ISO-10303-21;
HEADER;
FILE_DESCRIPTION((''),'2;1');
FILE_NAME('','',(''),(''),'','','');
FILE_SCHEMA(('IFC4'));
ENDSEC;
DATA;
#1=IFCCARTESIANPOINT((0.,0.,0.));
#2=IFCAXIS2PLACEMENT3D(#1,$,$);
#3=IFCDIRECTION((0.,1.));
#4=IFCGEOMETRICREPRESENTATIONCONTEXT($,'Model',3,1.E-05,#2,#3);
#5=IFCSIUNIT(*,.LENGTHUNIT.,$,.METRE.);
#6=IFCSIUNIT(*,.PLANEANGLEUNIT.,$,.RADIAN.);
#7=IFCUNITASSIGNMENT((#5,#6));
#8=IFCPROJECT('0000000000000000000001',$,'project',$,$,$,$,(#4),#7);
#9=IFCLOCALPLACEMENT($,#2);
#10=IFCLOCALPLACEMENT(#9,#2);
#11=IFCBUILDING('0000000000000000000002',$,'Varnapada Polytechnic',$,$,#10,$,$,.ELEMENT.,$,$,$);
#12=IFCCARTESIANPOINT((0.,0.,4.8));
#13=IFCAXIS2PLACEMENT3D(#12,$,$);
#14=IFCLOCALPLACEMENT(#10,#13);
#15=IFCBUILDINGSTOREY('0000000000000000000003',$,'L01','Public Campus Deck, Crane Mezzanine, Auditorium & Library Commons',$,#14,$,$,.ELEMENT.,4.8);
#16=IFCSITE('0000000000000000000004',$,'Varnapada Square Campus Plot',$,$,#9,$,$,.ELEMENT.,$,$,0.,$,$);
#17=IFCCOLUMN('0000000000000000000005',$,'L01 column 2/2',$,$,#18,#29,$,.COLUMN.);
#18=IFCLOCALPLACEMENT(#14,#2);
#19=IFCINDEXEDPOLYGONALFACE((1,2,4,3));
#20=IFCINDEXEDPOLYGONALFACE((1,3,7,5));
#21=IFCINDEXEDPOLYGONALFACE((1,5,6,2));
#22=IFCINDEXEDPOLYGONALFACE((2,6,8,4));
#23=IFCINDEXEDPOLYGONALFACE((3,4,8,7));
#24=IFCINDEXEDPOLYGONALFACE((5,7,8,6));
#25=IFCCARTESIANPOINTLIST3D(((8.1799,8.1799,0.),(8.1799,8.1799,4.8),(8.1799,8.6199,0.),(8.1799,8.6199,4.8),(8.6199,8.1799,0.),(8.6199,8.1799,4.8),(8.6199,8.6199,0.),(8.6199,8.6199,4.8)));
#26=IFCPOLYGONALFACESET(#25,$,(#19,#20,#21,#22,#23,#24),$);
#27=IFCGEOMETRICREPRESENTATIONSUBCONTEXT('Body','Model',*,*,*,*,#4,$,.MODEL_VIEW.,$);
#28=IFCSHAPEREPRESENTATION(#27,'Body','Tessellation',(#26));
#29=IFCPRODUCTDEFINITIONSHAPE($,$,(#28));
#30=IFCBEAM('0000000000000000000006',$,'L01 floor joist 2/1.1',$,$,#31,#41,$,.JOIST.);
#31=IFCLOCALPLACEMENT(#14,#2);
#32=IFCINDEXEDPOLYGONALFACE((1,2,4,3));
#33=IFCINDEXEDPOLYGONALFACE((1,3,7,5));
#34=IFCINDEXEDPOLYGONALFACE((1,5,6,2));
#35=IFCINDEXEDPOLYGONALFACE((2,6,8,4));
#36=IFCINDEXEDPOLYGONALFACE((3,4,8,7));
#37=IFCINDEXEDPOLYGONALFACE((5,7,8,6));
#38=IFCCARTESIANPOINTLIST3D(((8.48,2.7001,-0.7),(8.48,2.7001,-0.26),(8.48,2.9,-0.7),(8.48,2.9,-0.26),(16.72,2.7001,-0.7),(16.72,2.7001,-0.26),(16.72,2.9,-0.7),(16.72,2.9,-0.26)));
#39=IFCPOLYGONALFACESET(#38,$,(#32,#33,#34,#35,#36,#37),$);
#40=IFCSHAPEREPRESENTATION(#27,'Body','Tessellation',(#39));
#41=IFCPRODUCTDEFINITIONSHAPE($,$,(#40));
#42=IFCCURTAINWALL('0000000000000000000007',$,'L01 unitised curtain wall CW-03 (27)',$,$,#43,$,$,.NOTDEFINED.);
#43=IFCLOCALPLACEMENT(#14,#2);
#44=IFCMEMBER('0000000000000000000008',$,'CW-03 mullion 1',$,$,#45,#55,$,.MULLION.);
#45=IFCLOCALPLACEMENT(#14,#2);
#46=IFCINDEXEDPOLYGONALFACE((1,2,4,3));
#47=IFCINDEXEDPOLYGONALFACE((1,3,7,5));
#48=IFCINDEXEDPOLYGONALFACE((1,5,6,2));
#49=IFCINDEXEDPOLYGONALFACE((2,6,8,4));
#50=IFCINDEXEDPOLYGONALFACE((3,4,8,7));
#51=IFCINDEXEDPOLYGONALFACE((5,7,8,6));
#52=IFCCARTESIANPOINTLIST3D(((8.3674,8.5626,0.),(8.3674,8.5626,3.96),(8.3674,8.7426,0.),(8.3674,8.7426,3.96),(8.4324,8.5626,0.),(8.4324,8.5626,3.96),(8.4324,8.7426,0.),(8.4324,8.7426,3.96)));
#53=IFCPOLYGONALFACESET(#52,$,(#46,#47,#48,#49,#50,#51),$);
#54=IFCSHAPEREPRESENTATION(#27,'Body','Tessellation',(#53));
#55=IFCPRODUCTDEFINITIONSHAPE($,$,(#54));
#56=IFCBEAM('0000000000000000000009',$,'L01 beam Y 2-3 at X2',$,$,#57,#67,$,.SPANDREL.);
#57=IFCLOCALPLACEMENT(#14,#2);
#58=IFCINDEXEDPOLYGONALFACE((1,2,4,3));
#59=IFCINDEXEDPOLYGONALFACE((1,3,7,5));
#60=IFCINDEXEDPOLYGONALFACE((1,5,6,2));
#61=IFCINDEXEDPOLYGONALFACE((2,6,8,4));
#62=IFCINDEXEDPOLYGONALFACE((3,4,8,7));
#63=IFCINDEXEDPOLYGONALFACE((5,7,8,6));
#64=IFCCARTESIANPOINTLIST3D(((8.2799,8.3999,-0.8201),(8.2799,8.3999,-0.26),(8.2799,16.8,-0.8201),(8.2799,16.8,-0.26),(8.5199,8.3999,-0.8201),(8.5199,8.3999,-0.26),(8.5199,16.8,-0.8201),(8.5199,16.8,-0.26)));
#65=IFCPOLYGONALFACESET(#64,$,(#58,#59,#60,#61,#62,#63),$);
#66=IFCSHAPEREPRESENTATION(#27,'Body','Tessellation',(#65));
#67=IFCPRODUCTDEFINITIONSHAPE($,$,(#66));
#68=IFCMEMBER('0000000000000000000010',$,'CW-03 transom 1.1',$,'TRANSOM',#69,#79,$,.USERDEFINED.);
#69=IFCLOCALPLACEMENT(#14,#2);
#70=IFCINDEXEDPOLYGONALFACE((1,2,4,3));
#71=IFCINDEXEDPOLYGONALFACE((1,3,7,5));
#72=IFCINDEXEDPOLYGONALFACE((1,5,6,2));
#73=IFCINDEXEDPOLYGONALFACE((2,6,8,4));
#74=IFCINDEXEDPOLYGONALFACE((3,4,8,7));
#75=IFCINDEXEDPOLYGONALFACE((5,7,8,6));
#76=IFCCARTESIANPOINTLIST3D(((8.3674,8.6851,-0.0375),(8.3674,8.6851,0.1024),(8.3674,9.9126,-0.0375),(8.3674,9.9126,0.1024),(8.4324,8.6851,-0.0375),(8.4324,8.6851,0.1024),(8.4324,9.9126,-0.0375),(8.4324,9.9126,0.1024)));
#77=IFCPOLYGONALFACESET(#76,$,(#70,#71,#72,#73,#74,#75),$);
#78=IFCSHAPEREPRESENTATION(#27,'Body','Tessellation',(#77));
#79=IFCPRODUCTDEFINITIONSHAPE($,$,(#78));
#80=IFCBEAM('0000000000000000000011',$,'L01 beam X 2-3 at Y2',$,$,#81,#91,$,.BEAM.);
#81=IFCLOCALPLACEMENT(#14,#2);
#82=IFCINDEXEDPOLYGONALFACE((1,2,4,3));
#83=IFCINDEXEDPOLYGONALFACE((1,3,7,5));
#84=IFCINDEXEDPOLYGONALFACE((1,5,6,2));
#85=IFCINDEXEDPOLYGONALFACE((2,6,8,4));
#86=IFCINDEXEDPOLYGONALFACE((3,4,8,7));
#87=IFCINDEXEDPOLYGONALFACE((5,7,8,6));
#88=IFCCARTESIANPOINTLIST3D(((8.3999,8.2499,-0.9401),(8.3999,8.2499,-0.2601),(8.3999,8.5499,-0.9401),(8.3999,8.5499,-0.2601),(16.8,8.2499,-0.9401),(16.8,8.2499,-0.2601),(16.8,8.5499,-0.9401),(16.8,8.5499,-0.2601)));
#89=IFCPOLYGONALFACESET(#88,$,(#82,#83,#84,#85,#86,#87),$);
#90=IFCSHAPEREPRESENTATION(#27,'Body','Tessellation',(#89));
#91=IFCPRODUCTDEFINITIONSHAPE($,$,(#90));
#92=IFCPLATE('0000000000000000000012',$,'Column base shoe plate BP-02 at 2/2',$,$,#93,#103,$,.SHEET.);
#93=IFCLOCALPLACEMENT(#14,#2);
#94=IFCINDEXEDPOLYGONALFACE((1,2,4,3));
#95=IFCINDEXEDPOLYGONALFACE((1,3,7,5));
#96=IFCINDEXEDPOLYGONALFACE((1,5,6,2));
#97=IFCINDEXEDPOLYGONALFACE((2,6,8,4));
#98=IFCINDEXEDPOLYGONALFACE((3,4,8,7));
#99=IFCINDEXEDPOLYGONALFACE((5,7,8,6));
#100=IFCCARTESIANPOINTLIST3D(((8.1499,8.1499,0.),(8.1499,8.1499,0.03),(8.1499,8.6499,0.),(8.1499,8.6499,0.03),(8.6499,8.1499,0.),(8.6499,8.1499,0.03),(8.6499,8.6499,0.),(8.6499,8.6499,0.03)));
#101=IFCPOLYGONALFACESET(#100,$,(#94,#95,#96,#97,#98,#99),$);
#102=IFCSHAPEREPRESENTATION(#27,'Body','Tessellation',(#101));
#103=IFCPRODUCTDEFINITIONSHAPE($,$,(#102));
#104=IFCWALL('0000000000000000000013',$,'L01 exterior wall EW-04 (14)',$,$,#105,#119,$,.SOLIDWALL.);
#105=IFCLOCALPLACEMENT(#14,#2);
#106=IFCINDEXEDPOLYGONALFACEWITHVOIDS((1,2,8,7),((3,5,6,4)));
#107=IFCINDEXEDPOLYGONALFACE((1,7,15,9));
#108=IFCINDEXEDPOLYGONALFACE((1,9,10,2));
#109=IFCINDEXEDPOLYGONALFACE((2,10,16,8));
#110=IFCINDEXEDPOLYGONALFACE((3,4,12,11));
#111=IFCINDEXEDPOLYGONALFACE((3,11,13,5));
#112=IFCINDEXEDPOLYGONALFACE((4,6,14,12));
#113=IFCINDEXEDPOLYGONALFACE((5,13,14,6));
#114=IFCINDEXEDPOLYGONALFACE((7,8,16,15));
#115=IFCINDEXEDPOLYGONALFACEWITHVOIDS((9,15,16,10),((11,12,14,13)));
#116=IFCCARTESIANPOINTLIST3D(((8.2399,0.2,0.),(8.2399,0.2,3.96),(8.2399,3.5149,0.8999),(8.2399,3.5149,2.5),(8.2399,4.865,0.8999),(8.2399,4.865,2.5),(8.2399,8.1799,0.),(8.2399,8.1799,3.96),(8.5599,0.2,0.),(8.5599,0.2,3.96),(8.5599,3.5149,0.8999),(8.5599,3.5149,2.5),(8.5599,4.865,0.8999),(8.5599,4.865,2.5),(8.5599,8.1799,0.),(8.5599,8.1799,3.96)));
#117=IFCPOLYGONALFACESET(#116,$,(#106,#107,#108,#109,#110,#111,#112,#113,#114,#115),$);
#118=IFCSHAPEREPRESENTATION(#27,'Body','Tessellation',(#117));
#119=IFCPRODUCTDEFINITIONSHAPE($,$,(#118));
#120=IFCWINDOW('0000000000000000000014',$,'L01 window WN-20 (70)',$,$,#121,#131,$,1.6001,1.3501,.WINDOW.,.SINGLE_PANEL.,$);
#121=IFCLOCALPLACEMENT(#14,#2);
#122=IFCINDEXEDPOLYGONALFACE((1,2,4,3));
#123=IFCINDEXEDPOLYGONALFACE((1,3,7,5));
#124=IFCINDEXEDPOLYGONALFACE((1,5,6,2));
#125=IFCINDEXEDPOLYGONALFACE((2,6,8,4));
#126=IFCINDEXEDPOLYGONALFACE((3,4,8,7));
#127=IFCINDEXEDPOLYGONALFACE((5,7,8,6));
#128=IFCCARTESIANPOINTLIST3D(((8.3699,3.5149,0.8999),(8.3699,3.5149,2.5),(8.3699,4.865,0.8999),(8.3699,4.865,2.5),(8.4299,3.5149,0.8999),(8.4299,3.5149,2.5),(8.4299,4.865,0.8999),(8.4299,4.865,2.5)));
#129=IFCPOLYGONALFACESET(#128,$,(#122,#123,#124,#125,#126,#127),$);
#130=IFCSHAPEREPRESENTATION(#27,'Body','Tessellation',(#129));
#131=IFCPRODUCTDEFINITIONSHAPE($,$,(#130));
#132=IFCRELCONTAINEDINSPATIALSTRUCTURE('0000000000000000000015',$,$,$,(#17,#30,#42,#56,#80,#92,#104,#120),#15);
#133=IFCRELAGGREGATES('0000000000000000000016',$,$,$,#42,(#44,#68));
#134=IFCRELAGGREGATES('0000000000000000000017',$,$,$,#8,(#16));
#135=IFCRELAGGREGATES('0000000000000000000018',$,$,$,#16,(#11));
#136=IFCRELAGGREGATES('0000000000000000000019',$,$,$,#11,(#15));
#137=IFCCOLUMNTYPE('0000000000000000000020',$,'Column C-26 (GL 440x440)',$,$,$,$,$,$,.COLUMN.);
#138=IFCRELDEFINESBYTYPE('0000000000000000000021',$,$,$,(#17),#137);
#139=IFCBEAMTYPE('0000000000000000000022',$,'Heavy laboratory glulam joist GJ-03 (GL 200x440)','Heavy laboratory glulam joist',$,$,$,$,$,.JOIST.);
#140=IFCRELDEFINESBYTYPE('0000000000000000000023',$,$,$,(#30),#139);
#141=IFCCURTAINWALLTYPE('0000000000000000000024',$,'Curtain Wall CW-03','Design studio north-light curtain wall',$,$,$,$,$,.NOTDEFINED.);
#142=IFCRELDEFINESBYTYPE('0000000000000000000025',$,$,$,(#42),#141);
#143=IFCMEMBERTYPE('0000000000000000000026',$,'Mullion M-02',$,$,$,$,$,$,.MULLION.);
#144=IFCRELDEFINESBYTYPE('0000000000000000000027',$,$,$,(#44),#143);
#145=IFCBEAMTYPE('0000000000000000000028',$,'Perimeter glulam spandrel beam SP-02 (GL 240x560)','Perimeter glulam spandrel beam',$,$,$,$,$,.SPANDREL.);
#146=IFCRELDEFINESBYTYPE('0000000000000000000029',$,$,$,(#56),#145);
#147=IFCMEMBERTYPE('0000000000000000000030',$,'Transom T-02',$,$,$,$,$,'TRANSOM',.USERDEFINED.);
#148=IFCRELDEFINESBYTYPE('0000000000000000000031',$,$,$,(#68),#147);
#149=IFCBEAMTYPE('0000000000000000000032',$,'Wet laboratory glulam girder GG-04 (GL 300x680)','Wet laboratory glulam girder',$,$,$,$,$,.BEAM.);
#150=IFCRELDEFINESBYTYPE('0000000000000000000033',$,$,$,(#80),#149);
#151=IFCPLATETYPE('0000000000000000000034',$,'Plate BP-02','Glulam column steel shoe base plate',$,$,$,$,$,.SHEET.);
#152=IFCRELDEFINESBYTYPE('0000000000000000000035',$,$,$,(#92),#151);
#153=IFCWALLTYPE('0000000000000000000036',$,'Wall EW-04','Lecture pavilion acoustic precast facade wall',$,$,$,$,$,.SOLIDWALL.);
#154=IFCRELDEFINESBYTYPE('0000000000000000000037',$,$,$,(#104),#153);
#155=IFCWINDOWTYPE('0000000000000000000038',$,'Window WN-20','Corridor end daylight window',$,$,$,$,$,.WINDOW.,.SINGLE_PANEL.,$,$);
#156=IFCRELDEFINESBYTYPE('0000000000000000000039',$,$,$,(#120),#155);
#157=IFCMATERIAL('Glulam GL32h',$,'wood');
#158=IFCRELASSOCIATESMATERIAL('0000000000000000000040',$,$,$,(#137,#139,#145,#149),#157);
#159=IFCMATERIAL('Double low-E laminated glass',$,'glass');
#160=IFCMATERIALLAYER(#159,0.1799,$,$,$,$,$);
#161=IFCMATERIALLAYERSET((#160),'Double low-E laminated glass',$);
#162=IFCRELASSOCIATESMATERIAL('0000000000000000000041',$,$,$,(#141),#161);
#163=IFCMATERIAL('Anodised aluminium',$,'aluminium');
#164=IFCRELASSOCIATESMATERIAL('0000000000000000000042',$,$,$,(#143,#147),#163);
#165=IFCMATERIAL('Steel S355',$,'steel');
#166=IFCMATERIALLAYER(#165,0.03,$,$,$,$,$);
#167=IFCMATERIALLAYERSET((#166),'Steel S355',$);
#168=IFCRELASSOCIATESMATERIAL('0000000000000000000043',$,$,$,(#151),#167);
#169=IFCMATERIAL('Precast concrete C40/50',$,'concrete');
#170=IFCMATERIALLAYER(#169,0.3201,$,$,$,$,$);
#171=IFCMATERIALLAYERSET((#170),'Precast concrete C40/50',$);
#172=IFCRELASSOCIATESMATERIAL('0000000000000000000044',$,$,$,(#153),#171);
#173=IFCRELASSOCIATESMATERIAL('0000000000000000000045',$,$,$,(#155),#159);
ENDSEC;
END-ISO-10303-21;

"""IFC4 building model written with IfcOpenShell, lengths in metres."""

from ifc_helpers import new_model, si_unit, direction, frame, frame_2d, origin, origin_2d, place, context, subcontext, project, spatial, rectangle, extrude, material, layer, layer_set, material_profile, profile_set, type_object, element, fill, aggregate, save


model = new_model("IFC4")

# Units and contexts
model_context = context("Model", 3, precision=1e-05, world=origin(), true_north=direction((0.0, 1.0)))
body_context = subcontext(model_context, "Body", "Model", "MODEL_VIEW")
ifc_project = project(units=[si_unit("LENGTHUNIT", "METRE"), si_unit("PLANEANGLEUNIT", "RADIAN")], contexts=[model_context])

# Site, building, storey
site_placement = place(None, origin())
site = spatial("IfcSite", under=ifc_project, at=site_placement, Name="Varnapada Square Campus Plot", CompositionType="ELEMENT", RefElevation=0.0)
building_placement = place(site_placement, origin())
building = spatial("IfcBuilding", under=site, at=building_placement, Name="Varnapada Polytechnic", CompositionType="ELEMENT")
storey_placement = place(building_placement, frame((0.0, 0.0, 4.8)))
storey = spatial("IfcBuildingStorey", under=building, at=storey_placement, Name="L01", Description="Public Campus Deck, Crane Mezzanine, Auditorium & Library Commons", CompositionType="ELEMENT", Elevation=4.8)

# Column
ifc_material_1 = material(Name="Glulam GL32h", Category="wood")
ifc_material_profile_1 = material_profile(ifc_material_1, rectangle(XDim=0.4399, YDim=0.4399, at=origin_2d()), Name="GL 440x440")
ifc_profile_set_1 = profile_set([ifc_material_profile_1], Name="Glulam GL32h")
column_type = type_object("IfcColumnType", Name="Column C-26 (GL 440x440)", PredefinedType="COLUMN", material=ifc_profile_set_1)
column_placement = place(storey_placement, frame((8.3999, 8.3999, 0.0), z_axis=(0.0, 0.0, 1.0), x_axis=(1.0, 0.0, 0.0)))
element("IfcColumn", 1, at=column_placement, inside=storey, type_object=column_type, Name="L01 column 2/2", PredefinedType="COLUMN", context=body_context, shape_type="SweptSolid", body=[
    extrude(rectangle(XDim=0.4399, YDim=0.4399, at=origin_2d()), origin(), (0.0, 0.0, 1.0), 4.8),
])

# Beam
ifc_material_profile_2 = material_profile(ifc_material_1, rectangle(XDim=0.2, YDim=0.4399, at=origin_2d()), Name="GL 200x440")
ifc_profile_set_2 = profile_set([ifc_material_profile_2], Name="Glulam GL32h")
beam_type_1 = type_object("IfcBeamType", Name="Heavy laboratory glulam joist GJ-03 (GL 200x440)", Description="Heavy laboratory glulam joist", PredefinedType="JOIST", material=ifc_profile_set_2)
beam_1_placement = place(storey_placement, frame((8.48, 2.8, -0.48), z_axis=(1.0, 0.0, 0.0), x_axis=(0.0, 1.0, 0.0)))
element("IfcBeam", 2, at=beam_1_placement, inside=storey, type_object=beam_type_1, Name="L01 floor joist 2/1.1", PredefinedType="JOIST", context=body_context, shape_type="SweptSolid", body=[
    extrude(rectangle(XDim=0.2, YDim=0.4399, at=origin_2d()), origin(), (0.0, 0.0, 1.0), 8.24),
])

# Curtain wall, member
ifc_material_2 = material(Name="Double low-E laminated glass", Category="glass")
ifc_layer_1 = layer(ifc_material_2, 0.1799)
ifc_layer_set_1 = layer_set([ifc_layer_1], Name="Double low-E laminated glass")
curtain_wall_type = type_object("IfcCurtainWallType", Name="Curtain Wall CW-03", Description="Design studio north-light curtain wall", PredefinedType="NOTDEFINED", material=ifc_layer_set_1)
curtain_wall_placement = place(storey_placement, origin())
curtain_wall = element("IfcCurtainWall", 3, at=curtain_wall_placement, inside=storey, type_object=curtain_wall_type, Name="L01 unitised curtain wall CW-03 (27)", PredefinedType="NOTDEFINED")
ifc_material_3 = material(Name="Anodised aluminium", Category="aluminium")
ifc_material_profile_3 = material_profile(ifc_material_3, rectangle(XDim=0.0649, YDim=0.1799, at=origin_2d()), Name="ALU M65x180")
ifc_profile_set_3 = profile_set([ifc_material_profile_3], Name="Anodised aluminium")
member_type_1 = type_object("IfcMemberType", Name="Mullion M-02", PredefinedType="MULLION", material=ifc_profile_set_3)
member_1_placement = place(storey_placement, frame((8.3999, 8.6526, 0.0), z_axis=(0.0, 0.0, 1.0), x_axis=(-1.0, 0.0, 0.0)))
member_1 = element("IfcMember", 4, at=member_1_placement, type_object=member_type_1, Name="CW-03 mullion 1", PredefinedType="MULLION", context=body_context, shape_type="SweptSolid", body=[
    extrude(rectangle(XDim=0.0649, YDim=0.1799, at=origin_2d()), origin(), (0.0, 0.0, 1.0), 3.96),
])

# Beam
ifc_material_profile_4 = material_profile(ifc_material_1, rectangle(XDim=0.24, YDim=0.5601, at=origin_2d()), Name="GL 240x560")
ifc_profile_set_4 = profile_set([ifc_material_profile_4], Name="Glulam GL32h")
beam_type_2 = type_object("IfcBeamType", Name="Perimeter glulam spandrel beam SP-02 (GL 240x560)", Description="Perimeter glulam spandrel beam", PredefinedType="SPANDREL", material=ifc_profile_set_4)
beam_2_placement = place(storey_placement, frame((8.3999, 8.3999, -0.54), z_axis=(0.0, 1.0, 0.0), x_axis=(-1.0, 0.0, 0.0)))
element("IfcBeam", 5, at=beam_2_placement, inside=storey, type_object=beam_type_2, Name="L01 beam Y 2-3 at X2", PredefinedType="SPANDREL", context=body_context, shape_type="SweptSolid", body=[
    extrude(rectangle(XDim=0.24, YDim=0.5601, at=origin_2d()), origin(), (0.0, 0.0, 1.0), 8.4001),
])

# Member
ifc_material_profile_5 = material_profile(ifc_material_3, rectangle(XDim=0.0649, YDim=0.1399, at=origin_2d()), Name="ALU T65x140")
ifc_profile_set_5 = profile_set([ifc_material_profile_5], Name="Anodised aluminium")
member_type_2 = type_object("IfcMemberType", Name="Transom T-02", ElementType="TRANSOM", PredefinedType="USERDEFINED", material=ifc_profile_set_5)
member_2_placement = place(storey_placement, frame((8.3999, 8.6851, 0.0325), z_axis=(0.0, 1.0, 0.0), x_axis=(-1.0, 0.0, 0.0)))
member_2 = element("IfcMember", 6, at=member_2_placement, type_object=member_type_2, Name="CW-03 transom 1.1", ObjectType="TRANSOM", PredefinedType="USERDEFINED", context=body_context, shape_type="SweptSolid", body=[
    extrude(rectangle(XDim=0.0649, YDim=0.1399, at=origin_2d()), origin(), (0.0, 0.0, 1.0), 1.2275),
])
aggregate(curtain_wall, [member_1, member_2])

# Beam
ifc_material_profile_6 = material_profile(ifc_material_1, rectangle(XDim=0.3, YDim=0.6799, at=origin_2d()), Name="GL 300x680")
ifc_profile_set_6 = profile_set([ifc_material_profile_6], Name="Glulam GL32h")
beam_type_3 = type_object("IfcBeamType", Name="Wet laboratory glulam girder GG-04 (GL 300x680)", Description="Wet laboratory glulam girder", PredefinedType="BEAM", material=ifc_profile_set_6)
beam_3_placement = place(storey_placement, frame((8.3999, 8.3999, -0.6001), z_axis=(1.0, 0.0, 0.0), x_axis=(0.0, 1.0, 0.0)))
element("IfcBeam", 7, at=beam_3_placement, inside=storey, type_object=beam_type_3, Name="L01 beam X 2-3 at Y2", PredefinedType="BEAM", context=body_context, shape_type="SweptSolid", body=[
    extrude(rectangle(XDim=0.3, YDim=0.6799, at=origin_2d()), origin(), (0.0, 0.0, 1.0), 8.4001),
])

# Plate
ifc_material_4 = material(Name="Steel S355", Category="steel")
ifc_layer_2 = layer(ifc_material_4, 0.03)
ifc_layer_set_2 = layer_set([ifc_layer_2], Name="Steel S355")
plate_type = type_object("IfcPlateType", Name="Plate BP-02", Description="Glulam column steel shoe base plate", PredefinedType="SHEET", material=ifc_layer_set_2)
plate_placement = place(storey_placement, frame((8.3999, 8.3999, 0.0), z_axis=(0.0, 0.0, 1.0), x_axis=(1.0, 0.0, 0.0)))
element("IfcPlate", 8, at=plate_placement, inside=storey, type_object=plate_type, Name="Column base shoe plate BP-02 at 2/2", PredefinedType="SHEET", context=body_context, shape_type="SweptSolid", body=[
    extrude(rectangle(XDim=0.5, YDim=0.5, at=origin_2d()), origin(), (0.0, 0.0, 1.0), 0.03),
])

# Wall, opening, window
ifc_material_5 = material(Name="Precast concrete C40/50", Category="concrete")
ifc_layer_3 = layer(ifc_material_5, 0.3201)
ifc_layer_set_3 = layer_set([ifc_layer_3], Name="Precast concrete C40/50")
wall_type = type_object("IfcWallType", Name="Wall EW-04", Description="Lecture pavilion acoustic precast facade wall", PredefinedType="SOLIDWALL", material=ifc_layer_set_3)
wall_placement = place(storey_placement, frame((8.3999, 0.2, 0.0), z_axis=(0.0, 0.0, 1.0), x_axis=(0.0, 1.0, 0.0)))
wall = element("IfcWall", 9, at=wall_placement, inside=storey, type_object=wall_type, Name="L01 exterior wall EW-04 (14)", PredefinedType="SOLIDWALL", context=body_context, shape_type="SweptSolid", body=[
    extrude(rectangle(XDim=7.98, YDim=0.3201, at=frame_2d((3.99, 0.0))), origin(), (0.0, 0.0, 1.0), 3.96),
])
opening_1_placement = place(wall_placement, frame((3.3149, 0.0, 0.8999)))
opening_1 = element("IfcOpeningElement", 10, at=opening_1_placement, cuts=wall, PredefinedType="OPENING", context=body_context, shape_type="SweptSolid", body=[
    extrude(rectangle(XDim=1.3501, YDim=1.6001, at=frame_2d((0.675, 0.8))), frame((0.0, 0.1699, 0.0), z_axis=(0.0, -1.0, 0.0), x_axis=(1.0, 0.0, 0.0)), (0.0, 0.0, 1.0), 0.3401),
])
window_type = type_object("IfcWindowType", Name="Window WN-20", Description="Corridor end daylight window", PartitioningType="SINGLE_PANEL", PredefinedType="WINDOW", material=ifc_material_2)
window_placement = place(opening_1_placement, origin())
window = element("IfcWindow", 11, at=window_placement, inside=storey, type_object=window_type, Name="L01 window WN-20 (70)", OverallHeight=1.6001, OverallWidth=1.3501, PartitioningType="SINGLE_PANEL", PredefinedType="WINDOW", context=body_context, shape_type="SweptSolid", body=[
    extrude(rectangle(XDim=1.3501, YDim=1.6001, at=frame_2d((0.675, 0.8))), frame((0.0, 0.03, 0.0), z_axis=(0.0, -1.0, 0.0), x_axis=(1.0, 0.0, 0.0)), (0.0, 0.0, 1.0), 0.0601),
])
fill(opening_1, window)

save(model, "model.ifc")
